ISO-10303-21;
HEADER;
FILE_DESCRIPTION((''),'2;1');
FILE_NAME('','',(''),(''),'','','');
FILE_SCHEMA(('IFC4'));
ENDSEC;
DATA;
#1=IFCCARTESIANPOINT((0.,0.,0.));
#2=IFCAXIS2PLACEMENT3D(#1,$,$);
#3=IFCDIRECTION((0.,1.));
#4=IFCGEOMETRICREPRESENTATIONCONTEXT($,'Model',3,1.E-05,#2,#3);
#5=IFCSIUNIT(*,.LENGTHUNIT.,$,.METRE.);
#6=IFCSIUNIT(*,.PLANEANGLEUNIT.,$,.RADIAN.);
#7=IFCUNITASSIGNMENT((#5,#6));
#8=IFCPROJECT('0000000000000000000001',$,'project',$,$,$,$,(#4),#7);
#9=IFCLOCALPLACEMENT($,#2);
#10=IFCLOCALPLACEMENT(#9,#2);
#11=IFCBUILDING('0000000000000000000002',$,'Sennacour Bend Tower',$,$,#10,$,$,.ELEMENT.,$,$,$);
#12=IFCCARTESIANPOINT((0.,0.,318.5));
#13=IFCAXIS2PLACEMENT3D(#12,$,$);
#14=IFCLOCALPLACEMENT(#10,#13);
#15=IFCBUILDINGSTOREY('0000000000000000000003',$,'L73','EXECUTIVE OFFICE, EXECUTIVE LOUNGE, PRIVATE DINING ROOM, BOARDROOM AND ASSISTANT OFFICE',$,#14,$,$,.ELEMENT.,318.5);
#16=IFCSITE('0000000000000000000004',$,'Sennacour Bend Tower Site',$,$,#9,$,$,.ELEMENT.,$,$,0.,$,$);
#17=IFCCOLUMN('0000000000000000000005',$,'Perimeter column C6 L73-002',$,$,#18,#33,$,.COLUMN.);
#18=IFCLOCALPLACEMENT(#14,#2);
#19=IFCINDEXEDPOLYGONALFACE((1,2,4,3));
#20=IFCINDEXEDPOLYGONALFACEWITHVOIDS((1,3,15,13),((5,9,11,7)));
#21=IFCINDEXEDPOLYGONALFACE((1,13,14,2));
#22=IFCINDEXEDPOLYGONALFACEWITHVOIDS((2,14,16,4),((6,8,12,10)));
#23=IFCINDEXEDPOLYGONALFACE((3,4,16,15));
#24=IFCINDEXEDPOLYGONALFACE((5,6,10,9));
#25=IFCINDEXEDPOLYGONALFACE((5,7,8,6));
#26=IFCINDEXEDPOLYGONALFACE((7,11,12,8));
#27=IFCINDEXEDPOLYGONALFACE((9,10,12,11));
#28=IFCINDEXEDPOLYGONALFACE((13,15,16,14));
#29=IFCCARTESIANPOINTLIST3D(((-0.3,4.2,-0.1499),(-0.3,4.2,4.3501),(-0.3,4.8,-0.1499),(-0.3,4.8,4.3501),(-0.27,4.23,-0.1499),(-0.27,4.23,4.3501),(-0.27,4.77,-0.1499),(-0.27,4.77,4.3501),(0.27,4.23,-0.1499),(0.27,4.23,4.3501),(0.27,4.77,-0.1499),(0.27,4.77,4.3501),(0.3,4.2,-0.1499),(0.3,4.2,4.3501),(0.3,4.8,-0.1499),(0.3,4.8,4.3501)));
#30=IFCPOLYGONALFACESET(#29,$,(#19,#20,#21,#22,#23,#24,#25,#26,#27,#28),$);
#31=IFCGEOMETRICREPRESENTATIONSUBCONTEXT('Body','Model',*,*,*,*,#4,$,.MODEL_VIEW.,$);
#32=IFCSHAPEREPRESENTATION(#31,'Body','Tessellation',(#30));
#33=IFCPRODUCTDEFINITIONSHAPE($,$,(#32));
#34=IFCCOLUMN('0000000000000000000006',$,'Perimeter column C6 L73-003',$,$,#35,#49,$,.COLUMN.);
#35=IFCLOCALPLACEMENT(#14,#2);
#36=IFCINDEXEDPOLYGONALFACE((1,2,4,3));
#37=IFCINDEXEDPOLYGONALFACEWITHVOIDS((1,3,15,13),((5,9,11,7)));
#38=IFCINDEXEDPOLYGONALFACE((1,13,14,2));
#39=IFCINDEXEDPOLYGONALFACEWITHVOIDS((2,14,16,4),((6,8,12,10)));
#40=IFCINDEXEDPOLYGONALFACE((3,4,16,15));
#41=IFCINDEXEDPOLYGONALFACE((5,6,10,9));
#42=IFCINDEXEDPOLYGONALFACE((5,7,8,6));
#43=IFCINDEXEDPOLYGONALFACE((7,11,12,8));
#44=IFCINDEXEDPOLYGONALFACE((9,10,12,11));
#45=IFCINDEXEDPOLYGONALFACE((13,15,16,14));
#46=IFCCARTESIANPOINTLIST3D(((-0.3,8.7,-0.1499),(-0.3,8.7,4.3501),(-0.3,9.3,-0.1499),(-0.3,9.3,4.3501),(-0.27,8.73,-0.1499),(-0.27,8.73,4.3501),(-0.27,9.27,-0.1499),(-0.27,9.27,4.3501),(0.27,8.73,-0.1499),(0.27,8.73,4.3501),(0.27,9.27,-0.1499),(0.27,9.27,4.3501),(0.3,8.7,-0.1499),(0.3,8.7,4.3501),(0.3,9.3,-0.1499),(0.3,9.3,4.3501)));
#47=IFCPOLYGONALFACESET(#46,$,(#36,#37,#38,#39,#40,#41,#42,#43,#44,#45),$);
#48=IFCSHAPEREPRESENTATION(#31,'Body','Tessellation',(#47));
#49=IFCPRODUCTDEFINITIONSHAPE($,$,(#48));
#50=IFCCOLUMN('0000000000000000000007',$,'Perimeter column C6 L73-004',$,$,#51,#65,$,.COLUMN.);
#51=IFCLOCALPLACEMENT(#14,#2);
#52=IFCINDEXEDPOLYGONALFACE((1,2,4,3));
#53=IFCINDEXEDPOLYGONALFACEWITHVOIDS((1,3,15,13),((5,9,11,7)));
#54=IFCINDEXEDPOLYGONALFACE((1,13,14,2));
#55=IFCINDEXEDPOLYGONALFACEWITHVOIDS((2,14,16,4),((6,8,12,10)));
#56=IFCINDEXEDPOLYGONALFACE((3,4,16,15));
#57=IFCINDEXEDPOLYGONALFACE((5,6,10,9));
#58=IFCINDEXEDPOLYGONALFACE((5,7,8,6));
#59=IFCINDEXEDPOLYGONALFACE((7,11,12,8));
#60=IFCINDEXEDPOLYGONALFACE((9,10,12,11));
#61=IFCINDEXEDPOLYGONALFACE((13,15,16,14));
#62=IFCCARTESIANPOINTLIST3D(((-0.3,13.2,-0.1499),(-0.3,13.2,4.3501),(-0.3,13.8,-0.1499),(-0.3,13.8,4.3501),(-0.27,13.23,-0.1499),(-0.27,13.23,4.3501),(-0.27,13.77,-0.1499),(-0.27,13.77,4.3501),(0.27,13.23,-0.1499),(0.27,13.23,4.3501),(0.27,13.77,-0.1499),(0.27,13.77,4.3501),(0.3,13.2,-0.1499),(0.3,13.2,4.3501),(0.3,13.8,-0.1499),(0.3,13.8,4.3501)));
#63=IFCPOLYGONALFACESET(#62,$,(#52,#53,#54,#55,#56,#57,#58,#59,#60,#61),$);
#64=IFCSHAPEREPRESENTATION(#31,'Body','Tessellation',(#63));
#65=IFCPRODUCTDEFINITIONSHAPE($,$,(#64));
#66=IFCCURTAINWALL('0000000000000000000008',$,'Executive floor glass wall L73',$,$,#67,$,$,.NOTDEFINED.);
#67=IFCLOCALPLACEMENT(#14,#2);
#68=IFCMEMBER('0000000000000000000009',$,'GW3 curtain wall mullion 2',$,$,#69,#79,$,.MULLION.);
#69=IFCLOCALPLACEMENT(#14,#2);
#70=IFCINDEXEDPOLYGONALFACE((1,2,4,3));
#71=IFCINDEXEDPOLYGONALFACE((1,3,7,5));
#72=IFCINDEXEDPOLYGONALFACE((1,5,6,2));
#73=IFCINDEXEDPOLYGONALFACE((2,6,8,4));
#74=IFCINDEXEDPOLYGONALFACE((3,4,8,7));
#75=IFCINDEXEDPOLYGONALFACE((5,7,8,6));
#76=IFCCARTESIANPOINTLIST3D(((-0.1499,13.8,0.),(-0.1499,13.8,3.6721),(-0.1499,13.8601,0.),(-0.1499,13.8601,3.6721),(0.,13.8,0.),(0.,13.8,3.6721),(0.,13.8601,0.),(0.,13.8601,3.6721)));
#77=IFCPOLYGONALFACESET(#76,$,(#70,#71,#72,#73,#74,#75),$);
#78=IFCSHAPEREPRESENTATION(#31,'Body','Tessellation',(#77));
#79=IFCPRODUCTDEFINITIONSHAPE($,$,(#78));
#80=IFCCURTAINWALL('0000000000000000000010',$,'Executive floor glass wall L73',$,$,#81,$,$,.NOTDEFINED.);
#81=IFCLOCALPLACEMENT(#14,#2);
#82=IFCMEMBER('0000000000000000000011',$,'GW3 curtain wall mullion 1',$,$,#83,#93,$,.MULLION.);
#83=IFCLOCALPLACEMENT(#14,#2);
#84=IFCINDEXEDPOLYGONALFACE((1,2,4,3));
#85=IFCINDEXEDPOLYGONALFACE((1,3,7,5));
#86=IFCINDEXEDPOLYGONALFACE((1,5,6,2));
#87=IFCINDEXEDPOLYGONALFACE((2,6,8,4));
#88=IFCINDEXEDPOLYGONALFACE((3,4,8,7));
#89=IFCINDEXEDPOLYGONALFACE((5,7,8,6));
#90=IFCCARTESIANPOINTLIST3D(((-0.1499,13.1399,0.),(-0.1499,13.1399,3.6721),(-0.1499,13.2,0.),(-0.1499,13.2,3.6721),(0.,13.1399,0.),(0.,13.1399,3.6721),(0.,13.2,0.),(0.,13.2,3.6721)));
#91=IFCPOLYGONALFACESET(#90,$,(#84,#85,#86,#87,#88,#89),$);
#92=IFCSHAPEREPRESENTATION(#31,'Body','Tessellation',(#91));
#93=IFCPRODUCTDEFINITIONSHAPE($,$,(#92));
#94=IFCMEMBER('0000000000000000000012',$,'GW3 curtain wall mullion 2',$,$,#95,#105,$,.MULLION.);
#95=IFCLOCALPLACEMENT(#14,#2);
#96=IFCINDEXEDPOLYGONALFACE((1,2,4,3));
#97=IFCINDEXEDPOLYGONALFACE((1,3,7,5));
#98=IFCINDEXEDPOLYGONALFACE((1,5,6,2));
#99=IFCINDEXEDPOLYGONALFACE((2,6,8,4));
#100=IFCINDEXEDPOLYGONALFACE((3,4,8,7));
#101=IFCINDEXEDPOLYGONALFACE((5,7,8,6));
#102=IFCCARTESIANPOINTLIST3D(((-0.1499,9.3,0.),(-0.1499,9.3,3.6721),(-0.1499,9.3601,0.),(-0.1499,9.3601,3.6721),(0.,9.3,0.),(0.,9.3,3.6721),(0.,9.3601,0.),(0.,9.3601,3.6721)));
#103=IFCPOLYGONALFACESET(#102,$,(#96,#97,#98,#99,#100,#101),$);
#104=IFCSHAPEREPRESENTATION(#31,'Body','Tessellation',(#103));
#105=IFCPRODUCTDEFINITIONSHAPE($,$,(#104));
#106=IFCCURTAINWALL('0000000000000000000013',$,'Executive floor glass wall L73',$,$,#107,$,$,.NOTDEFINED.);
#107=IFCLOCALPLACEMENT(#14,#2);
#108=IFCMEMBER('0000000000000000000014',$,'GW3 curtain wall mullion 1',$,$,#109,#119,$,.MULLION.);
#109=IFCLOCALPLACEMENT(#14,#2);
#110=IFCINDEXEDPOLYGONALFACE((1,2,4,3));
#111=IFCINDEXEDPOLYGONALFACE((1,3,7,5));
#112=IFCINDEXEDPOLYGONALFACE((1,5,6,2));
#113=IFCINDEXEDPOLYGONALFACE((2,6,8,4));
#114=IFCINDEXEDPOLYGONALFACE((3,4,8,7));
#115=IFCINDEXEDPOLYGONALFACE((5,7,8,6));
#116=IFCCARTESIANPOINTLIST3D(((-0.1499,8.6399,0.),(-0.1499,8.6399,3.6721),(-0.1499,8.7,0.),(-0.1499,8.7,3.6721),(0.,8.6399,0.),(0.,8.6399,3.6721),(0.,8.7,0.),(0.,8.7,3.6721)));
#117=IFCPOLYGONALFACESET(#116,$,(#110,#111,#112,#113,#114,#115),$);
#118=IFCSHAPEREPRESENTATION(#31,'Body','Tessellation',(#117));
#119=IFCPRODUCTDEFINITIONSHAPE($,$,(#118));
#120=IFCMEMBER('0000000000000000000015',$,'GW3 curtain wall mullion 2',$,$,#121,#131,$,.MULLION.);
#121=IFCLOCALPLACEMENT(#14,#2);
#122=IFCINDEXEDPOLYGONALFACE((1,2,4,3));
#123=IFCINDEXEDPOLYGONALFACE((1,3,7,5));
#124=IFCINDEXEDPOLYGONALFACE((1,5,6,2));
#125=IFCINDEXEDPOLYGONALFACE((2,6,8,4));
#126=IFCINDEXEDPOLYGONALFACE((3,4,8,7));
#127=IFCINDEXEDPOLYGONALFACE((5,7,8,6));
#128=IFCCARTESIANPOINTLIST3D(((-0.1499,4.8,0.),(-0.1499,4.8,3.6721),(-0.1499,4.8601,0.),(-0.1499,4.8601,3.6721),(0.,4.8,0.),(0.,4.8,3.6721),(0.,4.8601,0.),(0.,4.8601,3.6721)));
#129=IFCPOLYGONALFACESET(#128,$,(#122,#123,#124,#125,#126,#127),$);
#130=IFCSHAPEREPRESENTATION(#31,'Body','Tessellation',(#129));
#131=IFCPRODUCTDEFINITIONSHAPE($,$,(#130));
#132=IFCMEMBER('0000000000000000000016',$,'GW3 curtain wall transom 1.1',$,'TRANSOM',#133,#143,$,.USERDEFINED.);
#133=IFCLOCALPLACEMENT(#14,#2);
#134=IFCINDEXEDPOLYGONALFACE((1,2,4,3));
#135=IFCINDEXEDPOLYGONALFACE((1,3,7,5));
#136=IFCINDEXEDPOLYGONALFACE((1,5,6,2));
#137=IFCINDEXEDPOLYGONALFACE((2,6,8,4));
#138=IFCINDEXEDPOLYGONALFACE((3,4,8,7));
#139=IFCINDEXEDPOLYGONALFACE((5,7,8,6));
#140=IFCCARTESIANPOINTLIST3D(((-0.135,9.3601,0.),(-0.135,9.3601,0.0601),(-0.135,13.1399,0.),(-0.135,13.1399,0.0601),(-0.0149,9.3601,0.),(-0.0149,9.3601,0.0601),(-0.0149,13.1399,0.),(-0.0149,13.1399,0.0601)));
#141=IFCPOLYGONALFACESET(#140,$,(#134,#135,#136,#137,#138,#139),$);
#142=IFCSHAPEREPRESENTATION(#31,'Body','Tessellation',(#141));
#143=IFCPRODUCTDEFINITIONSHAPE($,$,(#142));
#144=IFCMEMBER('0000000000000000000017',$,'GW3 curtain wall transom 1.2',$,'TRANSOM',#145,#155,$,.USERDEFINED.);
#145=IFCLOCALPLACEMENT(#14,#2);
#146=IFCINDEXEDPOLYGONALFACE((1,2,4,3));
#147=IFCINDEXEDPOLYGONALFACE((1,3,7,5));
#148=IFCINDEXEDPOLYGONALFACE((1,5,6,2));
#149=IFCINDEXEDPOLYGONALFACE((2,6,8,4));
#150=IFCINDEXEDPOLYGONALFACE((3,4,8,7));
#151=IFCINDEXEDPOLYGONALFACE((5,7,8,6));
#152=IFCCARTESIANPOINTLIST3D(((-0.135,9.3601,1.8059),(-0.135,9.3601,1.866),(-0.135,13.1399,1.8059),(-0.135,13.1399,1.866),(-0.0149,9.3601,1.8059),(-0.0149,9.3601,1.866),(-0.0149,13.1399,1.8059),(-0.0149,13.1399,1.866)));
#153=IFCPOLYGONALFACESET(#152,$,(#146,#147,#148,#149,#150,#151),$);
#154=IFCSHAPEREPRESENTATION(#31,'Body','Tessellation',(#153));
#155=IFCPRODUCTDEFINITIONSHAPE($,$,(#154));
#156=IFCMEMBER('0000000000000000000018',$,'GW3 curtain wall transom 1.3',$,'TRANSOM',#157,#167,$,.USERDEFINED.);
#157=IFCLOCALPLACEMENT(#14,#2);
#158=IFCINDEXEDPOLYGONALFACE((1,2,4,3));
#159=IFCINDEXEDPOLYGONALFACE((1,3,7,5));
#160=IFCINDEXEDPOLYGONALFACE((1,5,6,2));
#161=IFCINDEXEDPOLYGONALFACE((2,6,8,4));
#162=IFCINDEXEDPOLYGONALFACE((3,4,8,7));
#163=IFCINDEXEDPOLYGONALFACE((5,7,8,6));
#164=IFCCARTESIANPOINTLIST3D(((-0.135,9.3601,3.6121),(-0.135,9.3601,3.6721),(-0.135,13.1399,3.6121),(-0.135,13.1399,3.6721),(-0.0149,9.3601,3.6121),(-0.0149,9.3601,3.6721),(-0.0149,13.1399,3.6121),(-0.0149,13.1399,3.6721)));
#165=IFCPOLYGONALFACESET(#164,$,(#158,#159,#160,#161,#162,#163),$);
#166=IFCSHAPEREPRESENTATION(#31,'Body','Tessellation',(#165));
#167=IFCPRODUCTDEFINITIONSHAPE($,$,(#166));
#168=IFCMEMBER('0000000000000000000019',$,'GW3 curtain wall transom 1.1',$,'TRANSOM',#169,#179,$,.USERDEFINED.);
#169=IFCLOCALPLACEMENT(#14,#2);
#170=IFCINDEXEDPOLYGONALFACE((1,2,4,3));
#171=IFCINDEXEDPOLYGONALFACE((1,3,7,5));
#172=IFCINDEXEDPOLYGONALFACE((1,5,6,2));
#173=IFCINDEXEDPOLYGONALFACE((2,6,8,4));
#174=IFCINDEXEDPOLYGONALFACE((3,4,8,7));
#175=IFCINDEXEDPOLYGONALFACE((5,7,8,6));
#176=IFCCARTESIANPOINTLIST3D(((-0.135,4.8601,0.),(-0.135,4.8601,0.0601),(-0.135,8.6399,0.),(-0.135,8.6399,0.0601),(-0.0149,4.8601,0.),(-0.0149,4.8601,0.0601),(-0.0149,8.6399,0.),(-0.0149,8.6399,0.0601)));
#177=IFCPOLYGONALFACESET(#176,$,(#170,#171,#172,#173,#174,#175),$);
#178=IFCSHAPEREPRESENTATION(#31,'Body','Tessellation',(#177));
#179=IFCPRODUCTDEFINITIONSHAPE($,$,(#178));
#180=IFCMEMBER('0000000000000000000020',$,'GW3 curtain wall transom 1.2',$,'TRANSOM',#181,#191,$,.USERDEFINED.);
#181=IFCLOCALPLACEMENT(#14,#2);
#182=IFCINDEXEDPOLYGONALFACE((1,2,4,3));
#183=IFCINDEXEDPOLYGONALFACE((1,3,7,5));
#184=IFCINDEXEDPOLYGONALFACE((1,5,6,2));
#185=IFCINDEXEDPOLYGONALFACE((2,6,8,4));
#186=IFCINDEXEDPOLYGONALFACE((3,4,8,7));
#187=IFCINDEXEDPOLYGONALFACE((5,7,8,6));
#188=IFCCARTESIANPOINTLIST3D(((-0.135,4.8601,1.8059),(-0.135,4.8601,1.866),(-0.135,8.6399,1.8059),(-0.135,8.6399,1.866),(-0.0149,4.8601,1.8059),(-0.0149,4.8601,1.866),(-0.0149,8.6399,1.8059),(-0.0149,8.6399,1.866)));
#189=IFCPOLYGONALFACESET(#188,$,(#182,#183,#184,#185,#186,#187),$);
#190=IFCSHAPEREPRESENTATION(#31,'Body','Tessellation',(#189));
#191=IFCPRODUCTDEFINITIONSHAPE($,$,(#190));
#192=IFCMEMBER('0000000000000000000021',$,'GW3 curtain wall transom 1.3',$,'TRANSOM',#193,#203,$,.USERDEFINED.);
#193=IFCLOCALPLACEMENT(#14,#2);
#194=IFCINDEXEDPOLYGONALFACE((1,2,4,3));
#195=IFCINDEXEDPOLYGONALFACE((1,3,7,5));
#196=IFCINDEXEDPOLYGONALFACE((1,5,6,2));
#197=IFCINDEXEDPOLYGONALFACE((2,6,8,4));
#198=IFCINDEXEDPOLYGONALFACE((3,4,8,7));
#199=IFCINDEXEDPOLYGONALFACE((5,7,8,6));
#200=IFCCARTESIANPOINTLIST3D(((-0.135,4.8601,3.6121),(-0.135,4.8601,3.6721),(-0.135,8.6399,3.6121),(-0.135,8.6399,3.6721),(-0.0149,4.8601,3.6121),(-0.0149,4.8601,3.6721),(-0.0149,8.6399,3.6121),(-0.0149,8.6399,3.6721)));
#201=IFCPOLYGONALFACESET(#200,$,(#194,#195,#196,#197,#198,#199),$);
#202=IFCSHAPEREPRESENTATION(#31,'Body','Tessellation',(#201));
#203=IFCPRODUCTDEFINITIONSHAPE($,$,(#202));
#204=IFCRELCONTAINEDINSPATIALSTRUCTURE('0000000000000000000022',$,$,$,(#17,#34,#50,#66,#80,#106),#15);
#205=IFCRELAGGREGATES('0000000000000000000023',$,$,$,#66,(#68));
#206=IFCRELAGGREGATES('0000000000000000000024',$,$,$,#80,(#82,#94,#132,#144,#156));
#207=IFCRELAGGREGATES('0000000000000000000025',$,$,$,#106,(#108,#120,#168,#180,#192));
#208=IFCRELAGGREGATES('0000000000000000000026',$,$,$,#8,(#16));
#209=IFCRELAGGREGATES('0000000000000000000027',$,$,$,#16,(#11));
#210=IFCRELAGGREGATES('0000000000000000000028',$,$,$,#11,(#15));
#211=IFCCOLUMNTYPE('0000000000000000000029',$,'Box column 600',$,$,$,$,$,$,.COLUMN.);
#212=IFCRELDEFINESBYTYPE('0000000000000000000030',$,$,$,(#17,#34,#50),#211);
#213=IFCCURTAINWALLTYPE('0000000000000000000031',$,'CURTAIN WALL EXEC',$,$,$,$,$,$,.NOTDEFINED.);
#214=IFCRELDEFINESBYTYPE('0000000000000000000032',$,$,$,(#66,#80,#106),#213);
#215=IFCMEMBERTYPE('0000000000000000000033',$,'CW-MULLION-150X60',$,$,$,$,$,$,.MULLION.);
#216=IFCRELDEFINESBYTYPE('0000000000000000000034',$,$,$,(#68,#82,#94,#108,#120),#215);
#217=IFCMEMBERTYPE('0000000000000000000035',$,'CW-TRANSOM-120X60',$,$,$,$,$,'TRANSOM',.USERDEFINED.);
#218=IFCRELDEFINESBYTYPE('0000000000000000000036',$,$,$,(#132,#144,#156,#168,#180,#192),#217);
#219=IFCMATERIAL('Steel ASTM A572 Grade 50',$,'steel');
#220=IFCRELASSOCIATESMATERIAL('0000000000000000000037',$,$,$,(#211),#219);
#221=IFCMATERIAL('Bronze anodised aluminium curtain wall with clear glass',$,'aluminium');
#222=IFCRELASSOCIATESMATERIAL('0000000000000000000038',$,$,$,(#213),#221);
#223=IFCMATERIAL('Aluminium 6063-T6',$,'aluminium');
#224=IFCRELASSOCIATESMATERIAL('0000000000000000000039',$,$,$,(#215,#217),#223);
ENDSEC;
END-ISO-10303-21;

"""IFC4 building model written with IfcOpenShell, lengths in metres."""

from ifc_helpers import new_model, si_unit, direction, frame, origin, origin_2d, place, context, subcontext, project, spatial, rectangle, hollow_rectangle, extrude, material, material_profile, profile_set, type_object, element, aggregate, save


model = new_model("IFC4")

# Units and contexts
model_context = context("Model", 3, precision=1e-05, world=origin(), true_north=direction((0.0, 1.0)))
body_context = subcontext(model_context, "Body", "Model", "MODEL_VIEW")
ifc_project = project(units=[si_unit("LENGTHUNIT", "METRE"), si_unit("PLANEANGLEUNIT", "RADIAN")], contexts=[model_context])

# Site, building, storey
site_placement = place(None, origin())
site = spatial("IfcSite", under=ifc_project, at=site_placement, Name="Sennacour Bend Tower Site", CompositionType="ELEMENT", RefElevation=0.0)
building_placement = place(site_placement, origin())
building = spatial("IfcBuilding", under=site, at=building_placement, Name="Sennacour Bend Tower", CompositionType="ELEMENT")
storey_placement = place(building_placement, frame((0.0, 0.0, 318.5)))
storey = spatial("IfcBuildingStorey", under=building, at=storey_placement, Name="L73", Description="EXECUTIVE OFFICE, EXECUTIVE LOUNGE, PRIVATE DINING ROOM, BOARDROOM AND ASSISTANT OFFICE", CompositionType="ELEMENT", Elevation=318.5)

# Columns
ifc_material_1 = material(Name="Steel ASTM A572 Grade 50", Category="steel")
ifc_material_profile_1 = material_profile(ifc_material_1, hollow_rectangle(XDim=0.6001, YDim=0.6001, WallThickness=0.03, at=origin_2d()), Name="Steel ASTM A572 Grade 50", Category="steel")
ifc_profile_set_1 = profile_set([ifc_material_profile_1], Name="Steel ASTM A572 Grade 50")
column_type = type_object("IfcColumnType", Name="Box column 600", PredefinedType="COLUMN", material=ifc_profile_set_1)
for number, where, z_axis, x_axis, name in (
    (1, (0.0, 4.5, -0.1499), (0.0, 0.0, 1.0), (1.0, 0.0, 0.0), "Perimeter column C6 L73-002"),
    (2, (0.0, 9.0, -0.1499), (0.0, 0.0, 1.0), (1.0, 0.0, 0.0), "Perimeter column C6 L73-003"),
    (3, (0.0, 13.5, -0.1499), (0.0, 0.0, 1.0), (1.0, 0.0, 0.0), "Perimeter column C6 L73-004"),
):
    element("IfcColumn", number, at=place(storey_placement, frame(where, z_axis=z_axis, x_axis=x_axis)), inside=storey, type_object=column_type, Name=name, PredefinedType="COLUMN", context=body_context, shape_type="SweptSolid", body=[
        extrude(hollow_rectangle(XDim=0.6001, YDim=0.6001, WallThickness=0.03, at=origin_2d()), origin(), (0.0, 0.0, 1.0), 4.5),
    ])

# Curtain wall, member
ifc_material_2 = material(Name="Bronze anodised aluminium curtain wall with clear glass", Category="aluminium")
curtain_wall_type = type_object("IfcCurtainWallType", Name="CURTAIN WALL EXEC", PredefinedType="NOTDEFINED", material=ifc_material_2)
curtain_wall_1_placement = place(storey_placement, origin())
curtain_wall_1 = element("IfcCurtainWall", 4, at=curtain_wall_1_placement, inside=storey, type_object=curtain_wall_type, Name="Executive floor glass wall L73", PredefinedType="NOTDEFINED")
ifc_material_3 = material(Name="Aluminium 6063-T6", Category="aluminium")
ifc_material_profile_2 = material_profile(ifc_material_3, rectangle(XDim=0.1499, YDim=0.0601, at=origin_2d()), Name="Aluminium 6063-T6", Category="aluminium")
ifc_profile_set_2 = profile_set([ifc_material_profile_2], Name="Aluminium 6063-T6")
member_type_1 = type_object("IfcMemberType", Name="CW-MULLION-150X60", PredefinedType="MULLION", material=ifc_profile_set_2)
member_1_placement = place(storey_placement, frame((-0.075, 13.8301, 0.0), z_axis=(0.0, 0.0, 1.0), x_axis=(1.0, 0.0, 0.0)))
member_1 = element("IfcMember", 5, at=member_1_placement, type_object=member_type_1, Name="GW3 curtain wall mullion 2", PredefinedType="MULLION", context=body_context, shape_type="SweptSolid", body=[
    extrude(rectangle(XDim=0.1499, YDim=0.0601, at=origin_2d()), origin(), (0.0, 0.0, 1.0), 3.6721),
])

# Curtain walls, members
curtain_wall_2_placement = place(storey_placement, origin())
curtain_wall_2 = element("IfcCurtainWall", 6, at=curtain_wall_2_placement, inside=storey, type_object=curtain_wall_type, Name="Executive floor glass wall L73", PredefinedType="NOTDEFINED")
member_2_placement = place(storey_placement, frame((-0.075, 13.1699, 0.0), z_axis=(0.0, 0.0, 1.0), x_axis=(1.0, 0.0, 0.0)))
member_2 = element("IfcMember", 7, at=member_2_placement, type_object=member_type_1, Name="GW3 curtain wall mullion 1", PredefinedType="MULLION", context=body_context, shape_type="SweptSolid", body=[
    extrude(rectangle(XDim=0.1499, YDim=0.0601, at=origin_2d()), origin(), (0.0, 0.0, 1.0), 3.6721),
])
member_3_placement = place(storey_placement, frame((-0.075, 9.3301, 0.0), z_axis=(0.0, 0.0, 1.0), x_axis=(1.0, 0.0, 0.0)))
member_3 = element("IfcMember", 8, at=member_3_placement, type_object=member_type_1, Name="GW3 curtain wall mullion 2", PredefinedType="MULLION", context=body_context, shape_type="SweptSolid", body=[
    extrude(rectangle(XDim=0.1499, YDim=0.0601, at=origin_2d()), origin(), (0.0, 0.0, 1.0), 3.6721),
])
curtain_wall_3_placement = place(storey_placement, origin())
curtain_wall_3 = element("IfcCurtainWall", 9, at=curtain_wall_3_placement, inside=storey, type_object=curtain_wall_type, Name="Executive floor glass wall L73", PredefinedType="NOTDEFINED")
member_4_placement = place(storey_placement, frame((-0.075, 8.6699, 0.0), z_axis=(0.0, 0.0, 1.0), x_axis=(1.0, 0.0, 0.0)))
member_4 = element("IfcMember", 10, at=member_4_placement, type_object=member_type_1, Name="GW3 curtain wall mullion 1", PredefinedType="MULLION", context=body_context, shape_type="SweptSolid", body=[
    extrude(rectangle(XDim=0.1499, YDim=0.0601, at=origin_2d()), origin(), (0.0, 0.0, 1.0), 3.6721),
])
member_5_placement = place(storey_placement, frame((-0.075, 4.8301, 0.0), z_axis=(0.0, 0.0, 1.0), x_axis=(1.0, 0.0, 0.0)))
member_5 = element("IfcMember", 11, at=member_5_placement, type_object=member_type_1, Name="GW3 curtain wall mullion 2", PredefinedType="MULLION", context=body_context, shape_type="SweptSolid", body=[
    extrude(rectangle(XDim=0.1499, YDim=0.0601, at=origin_2d()), origin(), (0.0, 0.0, 1.0), 3.6721),
])

# Members
ifc_material_profile_3 = material_profile(ifc_material_3, rectangle(XDim=0.1201, YDim=0.0601, at=origin_2d()), Name="Aluminium 6063-T6", Category="aluminium")
ifc_profile_set_3 = profile_set([ifc_material_profile_3], Name="Aluminium 6063-T6")
member_type_2 = type_object("IfcMemberType", Name="CW-TRANSOM-120X60", ElementType="TRANSOM", PredefinedType="USERDEFINED", material=ifc_profile_set_3)
member_6_placement = place(storey_placement, frame((-0.075, 13.1399, 0.03), z_axis=(0.0, -1.0, 0.0), x_axis=(1.0, 0.0, 0.0)))
member_6 = element("IfcMember", 12, at=member_6_placement, type_object=member_type_2, Name="GW3 curtain wall transom 1.1", ObjectType="TRANSOM", PredefinedType="USERDEFINED", context=body_context, shape_type="SweptSolid", body=[
    extrude(rectangle(XDim=0.1201, YDim=0.0601, at=origin_2d()), origin(), (0.0, 0.0, 1.0), 3.7798),
])
member_7_placement = place(storey_placement, frame((-0.075, 13.1399, 1.8359), z_axis=(0.0, -1.0, 0.0), x_axis=(1.0, 0.0, 0.0)))
member_7 = element("IfcMember", 13, at=member_7_placement, type_object=member_type_2, Name="GW3 curtain wall transom 1.2", ObjectType="TRANSOM", PredefinedType="USERDEFINED", context=body_context, shape_type="SweptSolid", body=[
    extrude(rectangle(XDim=0.1201, YDim=0.0601, at=origin_2d()), origin(), (0.0, 0.0, 1.0), 3.7798),
])
member_8_placement = place(storey_placement, frame((-0.075, 13.1399, 3.6421), z_axis=(0.0, -1.0, 0.0), x_axis=(1.0, 0.0, 0.0)))
member_8 = element("IfcMember", 14, at=member_8_placement, type_object=member_type_2, Name="GW3 curtain wall transom 1.3", ObjectType="TRANSOM", PredefinedType="USERDEFINED", context=body_context, shape_type="SweptSolid", body=[
    extrude(rectangle(XDim=0.1201, YDim=0.0601, at=origin_2d()), origin(), (0.0, 0.0, 1.0), 3.7798),
])
member_9_placement = place(storey_placement, frame((-0.075, 8.6399, 0.03), z_axis=(0.0, -1.0, 0.0), x_axis=(1.0, 0.0, 0.0)))
member_9 = element("IfcMember", 15, at=member_9_placement, type_object=member_type_2, Name="GW3 curtain wall transom 1.1", ObjectType="TRANSOM", PredefinedType="USERDEFINED", context=body_context, shape_type="SweptSolid", body=[
    extrude(rectangle(XDim=0.1201, YDim=0.0601, at=origin_2d()), origin(), (0.0, 0.0, 1.0), 3.7798),
])
member_10_placement = place(storey_placement, frame((-0.075, 8.6399, 1.8359), z_axis=(0.0, -1.0, 0.0), x_axis=(1.0, 0.0, 0.0)))
member_10 = element("IfcMember", 16, at=member_10_placement, type_object=member_type_2, Name="GW3 curtain wall transom 1.2", ObjectType="TRANSOM", PredefinedType="USERDEFINED", context=body_context, shape_type="SweptSolid", body=[
    extrude(rectangle(XDim=0.1201, YDim=0.0601, at=origin_2d()), origin(), (0.0, 0.0, 1.0), 3.7798),
])
member_11_placement = place(storey_placement, frame((-0.075, 8.6399, 3.6421), z_axis=(0.0, -1.0, 0.0), x_axis=(1.0, 0.0, 0.0)))
member_11 = element("IfcMember", 17, at=member_11_placement, type_object=member_type_2, Name="GW3 curtain wall transom 1.3", ObjectType="TRANSOM", PredefinedType="USERDEFINED", context=body_context, shape_type="SweptSolid", body=[
    extrude(rectangle(XDim=0.1201, YDim=0.0601, at=origin_2d()), origin(), (0.0, 0.0, 1.0), 3.7798),
])

aggregate(curtain_wall_1, [member_1])
aggregate(curtain_wall_2, [member_2, member_3, member_6, member_7, member_8])
aggregate(curtain_wall_3, [member_4, member_5, member_9, member_10, member_11])

save(model, "model.ifc")
